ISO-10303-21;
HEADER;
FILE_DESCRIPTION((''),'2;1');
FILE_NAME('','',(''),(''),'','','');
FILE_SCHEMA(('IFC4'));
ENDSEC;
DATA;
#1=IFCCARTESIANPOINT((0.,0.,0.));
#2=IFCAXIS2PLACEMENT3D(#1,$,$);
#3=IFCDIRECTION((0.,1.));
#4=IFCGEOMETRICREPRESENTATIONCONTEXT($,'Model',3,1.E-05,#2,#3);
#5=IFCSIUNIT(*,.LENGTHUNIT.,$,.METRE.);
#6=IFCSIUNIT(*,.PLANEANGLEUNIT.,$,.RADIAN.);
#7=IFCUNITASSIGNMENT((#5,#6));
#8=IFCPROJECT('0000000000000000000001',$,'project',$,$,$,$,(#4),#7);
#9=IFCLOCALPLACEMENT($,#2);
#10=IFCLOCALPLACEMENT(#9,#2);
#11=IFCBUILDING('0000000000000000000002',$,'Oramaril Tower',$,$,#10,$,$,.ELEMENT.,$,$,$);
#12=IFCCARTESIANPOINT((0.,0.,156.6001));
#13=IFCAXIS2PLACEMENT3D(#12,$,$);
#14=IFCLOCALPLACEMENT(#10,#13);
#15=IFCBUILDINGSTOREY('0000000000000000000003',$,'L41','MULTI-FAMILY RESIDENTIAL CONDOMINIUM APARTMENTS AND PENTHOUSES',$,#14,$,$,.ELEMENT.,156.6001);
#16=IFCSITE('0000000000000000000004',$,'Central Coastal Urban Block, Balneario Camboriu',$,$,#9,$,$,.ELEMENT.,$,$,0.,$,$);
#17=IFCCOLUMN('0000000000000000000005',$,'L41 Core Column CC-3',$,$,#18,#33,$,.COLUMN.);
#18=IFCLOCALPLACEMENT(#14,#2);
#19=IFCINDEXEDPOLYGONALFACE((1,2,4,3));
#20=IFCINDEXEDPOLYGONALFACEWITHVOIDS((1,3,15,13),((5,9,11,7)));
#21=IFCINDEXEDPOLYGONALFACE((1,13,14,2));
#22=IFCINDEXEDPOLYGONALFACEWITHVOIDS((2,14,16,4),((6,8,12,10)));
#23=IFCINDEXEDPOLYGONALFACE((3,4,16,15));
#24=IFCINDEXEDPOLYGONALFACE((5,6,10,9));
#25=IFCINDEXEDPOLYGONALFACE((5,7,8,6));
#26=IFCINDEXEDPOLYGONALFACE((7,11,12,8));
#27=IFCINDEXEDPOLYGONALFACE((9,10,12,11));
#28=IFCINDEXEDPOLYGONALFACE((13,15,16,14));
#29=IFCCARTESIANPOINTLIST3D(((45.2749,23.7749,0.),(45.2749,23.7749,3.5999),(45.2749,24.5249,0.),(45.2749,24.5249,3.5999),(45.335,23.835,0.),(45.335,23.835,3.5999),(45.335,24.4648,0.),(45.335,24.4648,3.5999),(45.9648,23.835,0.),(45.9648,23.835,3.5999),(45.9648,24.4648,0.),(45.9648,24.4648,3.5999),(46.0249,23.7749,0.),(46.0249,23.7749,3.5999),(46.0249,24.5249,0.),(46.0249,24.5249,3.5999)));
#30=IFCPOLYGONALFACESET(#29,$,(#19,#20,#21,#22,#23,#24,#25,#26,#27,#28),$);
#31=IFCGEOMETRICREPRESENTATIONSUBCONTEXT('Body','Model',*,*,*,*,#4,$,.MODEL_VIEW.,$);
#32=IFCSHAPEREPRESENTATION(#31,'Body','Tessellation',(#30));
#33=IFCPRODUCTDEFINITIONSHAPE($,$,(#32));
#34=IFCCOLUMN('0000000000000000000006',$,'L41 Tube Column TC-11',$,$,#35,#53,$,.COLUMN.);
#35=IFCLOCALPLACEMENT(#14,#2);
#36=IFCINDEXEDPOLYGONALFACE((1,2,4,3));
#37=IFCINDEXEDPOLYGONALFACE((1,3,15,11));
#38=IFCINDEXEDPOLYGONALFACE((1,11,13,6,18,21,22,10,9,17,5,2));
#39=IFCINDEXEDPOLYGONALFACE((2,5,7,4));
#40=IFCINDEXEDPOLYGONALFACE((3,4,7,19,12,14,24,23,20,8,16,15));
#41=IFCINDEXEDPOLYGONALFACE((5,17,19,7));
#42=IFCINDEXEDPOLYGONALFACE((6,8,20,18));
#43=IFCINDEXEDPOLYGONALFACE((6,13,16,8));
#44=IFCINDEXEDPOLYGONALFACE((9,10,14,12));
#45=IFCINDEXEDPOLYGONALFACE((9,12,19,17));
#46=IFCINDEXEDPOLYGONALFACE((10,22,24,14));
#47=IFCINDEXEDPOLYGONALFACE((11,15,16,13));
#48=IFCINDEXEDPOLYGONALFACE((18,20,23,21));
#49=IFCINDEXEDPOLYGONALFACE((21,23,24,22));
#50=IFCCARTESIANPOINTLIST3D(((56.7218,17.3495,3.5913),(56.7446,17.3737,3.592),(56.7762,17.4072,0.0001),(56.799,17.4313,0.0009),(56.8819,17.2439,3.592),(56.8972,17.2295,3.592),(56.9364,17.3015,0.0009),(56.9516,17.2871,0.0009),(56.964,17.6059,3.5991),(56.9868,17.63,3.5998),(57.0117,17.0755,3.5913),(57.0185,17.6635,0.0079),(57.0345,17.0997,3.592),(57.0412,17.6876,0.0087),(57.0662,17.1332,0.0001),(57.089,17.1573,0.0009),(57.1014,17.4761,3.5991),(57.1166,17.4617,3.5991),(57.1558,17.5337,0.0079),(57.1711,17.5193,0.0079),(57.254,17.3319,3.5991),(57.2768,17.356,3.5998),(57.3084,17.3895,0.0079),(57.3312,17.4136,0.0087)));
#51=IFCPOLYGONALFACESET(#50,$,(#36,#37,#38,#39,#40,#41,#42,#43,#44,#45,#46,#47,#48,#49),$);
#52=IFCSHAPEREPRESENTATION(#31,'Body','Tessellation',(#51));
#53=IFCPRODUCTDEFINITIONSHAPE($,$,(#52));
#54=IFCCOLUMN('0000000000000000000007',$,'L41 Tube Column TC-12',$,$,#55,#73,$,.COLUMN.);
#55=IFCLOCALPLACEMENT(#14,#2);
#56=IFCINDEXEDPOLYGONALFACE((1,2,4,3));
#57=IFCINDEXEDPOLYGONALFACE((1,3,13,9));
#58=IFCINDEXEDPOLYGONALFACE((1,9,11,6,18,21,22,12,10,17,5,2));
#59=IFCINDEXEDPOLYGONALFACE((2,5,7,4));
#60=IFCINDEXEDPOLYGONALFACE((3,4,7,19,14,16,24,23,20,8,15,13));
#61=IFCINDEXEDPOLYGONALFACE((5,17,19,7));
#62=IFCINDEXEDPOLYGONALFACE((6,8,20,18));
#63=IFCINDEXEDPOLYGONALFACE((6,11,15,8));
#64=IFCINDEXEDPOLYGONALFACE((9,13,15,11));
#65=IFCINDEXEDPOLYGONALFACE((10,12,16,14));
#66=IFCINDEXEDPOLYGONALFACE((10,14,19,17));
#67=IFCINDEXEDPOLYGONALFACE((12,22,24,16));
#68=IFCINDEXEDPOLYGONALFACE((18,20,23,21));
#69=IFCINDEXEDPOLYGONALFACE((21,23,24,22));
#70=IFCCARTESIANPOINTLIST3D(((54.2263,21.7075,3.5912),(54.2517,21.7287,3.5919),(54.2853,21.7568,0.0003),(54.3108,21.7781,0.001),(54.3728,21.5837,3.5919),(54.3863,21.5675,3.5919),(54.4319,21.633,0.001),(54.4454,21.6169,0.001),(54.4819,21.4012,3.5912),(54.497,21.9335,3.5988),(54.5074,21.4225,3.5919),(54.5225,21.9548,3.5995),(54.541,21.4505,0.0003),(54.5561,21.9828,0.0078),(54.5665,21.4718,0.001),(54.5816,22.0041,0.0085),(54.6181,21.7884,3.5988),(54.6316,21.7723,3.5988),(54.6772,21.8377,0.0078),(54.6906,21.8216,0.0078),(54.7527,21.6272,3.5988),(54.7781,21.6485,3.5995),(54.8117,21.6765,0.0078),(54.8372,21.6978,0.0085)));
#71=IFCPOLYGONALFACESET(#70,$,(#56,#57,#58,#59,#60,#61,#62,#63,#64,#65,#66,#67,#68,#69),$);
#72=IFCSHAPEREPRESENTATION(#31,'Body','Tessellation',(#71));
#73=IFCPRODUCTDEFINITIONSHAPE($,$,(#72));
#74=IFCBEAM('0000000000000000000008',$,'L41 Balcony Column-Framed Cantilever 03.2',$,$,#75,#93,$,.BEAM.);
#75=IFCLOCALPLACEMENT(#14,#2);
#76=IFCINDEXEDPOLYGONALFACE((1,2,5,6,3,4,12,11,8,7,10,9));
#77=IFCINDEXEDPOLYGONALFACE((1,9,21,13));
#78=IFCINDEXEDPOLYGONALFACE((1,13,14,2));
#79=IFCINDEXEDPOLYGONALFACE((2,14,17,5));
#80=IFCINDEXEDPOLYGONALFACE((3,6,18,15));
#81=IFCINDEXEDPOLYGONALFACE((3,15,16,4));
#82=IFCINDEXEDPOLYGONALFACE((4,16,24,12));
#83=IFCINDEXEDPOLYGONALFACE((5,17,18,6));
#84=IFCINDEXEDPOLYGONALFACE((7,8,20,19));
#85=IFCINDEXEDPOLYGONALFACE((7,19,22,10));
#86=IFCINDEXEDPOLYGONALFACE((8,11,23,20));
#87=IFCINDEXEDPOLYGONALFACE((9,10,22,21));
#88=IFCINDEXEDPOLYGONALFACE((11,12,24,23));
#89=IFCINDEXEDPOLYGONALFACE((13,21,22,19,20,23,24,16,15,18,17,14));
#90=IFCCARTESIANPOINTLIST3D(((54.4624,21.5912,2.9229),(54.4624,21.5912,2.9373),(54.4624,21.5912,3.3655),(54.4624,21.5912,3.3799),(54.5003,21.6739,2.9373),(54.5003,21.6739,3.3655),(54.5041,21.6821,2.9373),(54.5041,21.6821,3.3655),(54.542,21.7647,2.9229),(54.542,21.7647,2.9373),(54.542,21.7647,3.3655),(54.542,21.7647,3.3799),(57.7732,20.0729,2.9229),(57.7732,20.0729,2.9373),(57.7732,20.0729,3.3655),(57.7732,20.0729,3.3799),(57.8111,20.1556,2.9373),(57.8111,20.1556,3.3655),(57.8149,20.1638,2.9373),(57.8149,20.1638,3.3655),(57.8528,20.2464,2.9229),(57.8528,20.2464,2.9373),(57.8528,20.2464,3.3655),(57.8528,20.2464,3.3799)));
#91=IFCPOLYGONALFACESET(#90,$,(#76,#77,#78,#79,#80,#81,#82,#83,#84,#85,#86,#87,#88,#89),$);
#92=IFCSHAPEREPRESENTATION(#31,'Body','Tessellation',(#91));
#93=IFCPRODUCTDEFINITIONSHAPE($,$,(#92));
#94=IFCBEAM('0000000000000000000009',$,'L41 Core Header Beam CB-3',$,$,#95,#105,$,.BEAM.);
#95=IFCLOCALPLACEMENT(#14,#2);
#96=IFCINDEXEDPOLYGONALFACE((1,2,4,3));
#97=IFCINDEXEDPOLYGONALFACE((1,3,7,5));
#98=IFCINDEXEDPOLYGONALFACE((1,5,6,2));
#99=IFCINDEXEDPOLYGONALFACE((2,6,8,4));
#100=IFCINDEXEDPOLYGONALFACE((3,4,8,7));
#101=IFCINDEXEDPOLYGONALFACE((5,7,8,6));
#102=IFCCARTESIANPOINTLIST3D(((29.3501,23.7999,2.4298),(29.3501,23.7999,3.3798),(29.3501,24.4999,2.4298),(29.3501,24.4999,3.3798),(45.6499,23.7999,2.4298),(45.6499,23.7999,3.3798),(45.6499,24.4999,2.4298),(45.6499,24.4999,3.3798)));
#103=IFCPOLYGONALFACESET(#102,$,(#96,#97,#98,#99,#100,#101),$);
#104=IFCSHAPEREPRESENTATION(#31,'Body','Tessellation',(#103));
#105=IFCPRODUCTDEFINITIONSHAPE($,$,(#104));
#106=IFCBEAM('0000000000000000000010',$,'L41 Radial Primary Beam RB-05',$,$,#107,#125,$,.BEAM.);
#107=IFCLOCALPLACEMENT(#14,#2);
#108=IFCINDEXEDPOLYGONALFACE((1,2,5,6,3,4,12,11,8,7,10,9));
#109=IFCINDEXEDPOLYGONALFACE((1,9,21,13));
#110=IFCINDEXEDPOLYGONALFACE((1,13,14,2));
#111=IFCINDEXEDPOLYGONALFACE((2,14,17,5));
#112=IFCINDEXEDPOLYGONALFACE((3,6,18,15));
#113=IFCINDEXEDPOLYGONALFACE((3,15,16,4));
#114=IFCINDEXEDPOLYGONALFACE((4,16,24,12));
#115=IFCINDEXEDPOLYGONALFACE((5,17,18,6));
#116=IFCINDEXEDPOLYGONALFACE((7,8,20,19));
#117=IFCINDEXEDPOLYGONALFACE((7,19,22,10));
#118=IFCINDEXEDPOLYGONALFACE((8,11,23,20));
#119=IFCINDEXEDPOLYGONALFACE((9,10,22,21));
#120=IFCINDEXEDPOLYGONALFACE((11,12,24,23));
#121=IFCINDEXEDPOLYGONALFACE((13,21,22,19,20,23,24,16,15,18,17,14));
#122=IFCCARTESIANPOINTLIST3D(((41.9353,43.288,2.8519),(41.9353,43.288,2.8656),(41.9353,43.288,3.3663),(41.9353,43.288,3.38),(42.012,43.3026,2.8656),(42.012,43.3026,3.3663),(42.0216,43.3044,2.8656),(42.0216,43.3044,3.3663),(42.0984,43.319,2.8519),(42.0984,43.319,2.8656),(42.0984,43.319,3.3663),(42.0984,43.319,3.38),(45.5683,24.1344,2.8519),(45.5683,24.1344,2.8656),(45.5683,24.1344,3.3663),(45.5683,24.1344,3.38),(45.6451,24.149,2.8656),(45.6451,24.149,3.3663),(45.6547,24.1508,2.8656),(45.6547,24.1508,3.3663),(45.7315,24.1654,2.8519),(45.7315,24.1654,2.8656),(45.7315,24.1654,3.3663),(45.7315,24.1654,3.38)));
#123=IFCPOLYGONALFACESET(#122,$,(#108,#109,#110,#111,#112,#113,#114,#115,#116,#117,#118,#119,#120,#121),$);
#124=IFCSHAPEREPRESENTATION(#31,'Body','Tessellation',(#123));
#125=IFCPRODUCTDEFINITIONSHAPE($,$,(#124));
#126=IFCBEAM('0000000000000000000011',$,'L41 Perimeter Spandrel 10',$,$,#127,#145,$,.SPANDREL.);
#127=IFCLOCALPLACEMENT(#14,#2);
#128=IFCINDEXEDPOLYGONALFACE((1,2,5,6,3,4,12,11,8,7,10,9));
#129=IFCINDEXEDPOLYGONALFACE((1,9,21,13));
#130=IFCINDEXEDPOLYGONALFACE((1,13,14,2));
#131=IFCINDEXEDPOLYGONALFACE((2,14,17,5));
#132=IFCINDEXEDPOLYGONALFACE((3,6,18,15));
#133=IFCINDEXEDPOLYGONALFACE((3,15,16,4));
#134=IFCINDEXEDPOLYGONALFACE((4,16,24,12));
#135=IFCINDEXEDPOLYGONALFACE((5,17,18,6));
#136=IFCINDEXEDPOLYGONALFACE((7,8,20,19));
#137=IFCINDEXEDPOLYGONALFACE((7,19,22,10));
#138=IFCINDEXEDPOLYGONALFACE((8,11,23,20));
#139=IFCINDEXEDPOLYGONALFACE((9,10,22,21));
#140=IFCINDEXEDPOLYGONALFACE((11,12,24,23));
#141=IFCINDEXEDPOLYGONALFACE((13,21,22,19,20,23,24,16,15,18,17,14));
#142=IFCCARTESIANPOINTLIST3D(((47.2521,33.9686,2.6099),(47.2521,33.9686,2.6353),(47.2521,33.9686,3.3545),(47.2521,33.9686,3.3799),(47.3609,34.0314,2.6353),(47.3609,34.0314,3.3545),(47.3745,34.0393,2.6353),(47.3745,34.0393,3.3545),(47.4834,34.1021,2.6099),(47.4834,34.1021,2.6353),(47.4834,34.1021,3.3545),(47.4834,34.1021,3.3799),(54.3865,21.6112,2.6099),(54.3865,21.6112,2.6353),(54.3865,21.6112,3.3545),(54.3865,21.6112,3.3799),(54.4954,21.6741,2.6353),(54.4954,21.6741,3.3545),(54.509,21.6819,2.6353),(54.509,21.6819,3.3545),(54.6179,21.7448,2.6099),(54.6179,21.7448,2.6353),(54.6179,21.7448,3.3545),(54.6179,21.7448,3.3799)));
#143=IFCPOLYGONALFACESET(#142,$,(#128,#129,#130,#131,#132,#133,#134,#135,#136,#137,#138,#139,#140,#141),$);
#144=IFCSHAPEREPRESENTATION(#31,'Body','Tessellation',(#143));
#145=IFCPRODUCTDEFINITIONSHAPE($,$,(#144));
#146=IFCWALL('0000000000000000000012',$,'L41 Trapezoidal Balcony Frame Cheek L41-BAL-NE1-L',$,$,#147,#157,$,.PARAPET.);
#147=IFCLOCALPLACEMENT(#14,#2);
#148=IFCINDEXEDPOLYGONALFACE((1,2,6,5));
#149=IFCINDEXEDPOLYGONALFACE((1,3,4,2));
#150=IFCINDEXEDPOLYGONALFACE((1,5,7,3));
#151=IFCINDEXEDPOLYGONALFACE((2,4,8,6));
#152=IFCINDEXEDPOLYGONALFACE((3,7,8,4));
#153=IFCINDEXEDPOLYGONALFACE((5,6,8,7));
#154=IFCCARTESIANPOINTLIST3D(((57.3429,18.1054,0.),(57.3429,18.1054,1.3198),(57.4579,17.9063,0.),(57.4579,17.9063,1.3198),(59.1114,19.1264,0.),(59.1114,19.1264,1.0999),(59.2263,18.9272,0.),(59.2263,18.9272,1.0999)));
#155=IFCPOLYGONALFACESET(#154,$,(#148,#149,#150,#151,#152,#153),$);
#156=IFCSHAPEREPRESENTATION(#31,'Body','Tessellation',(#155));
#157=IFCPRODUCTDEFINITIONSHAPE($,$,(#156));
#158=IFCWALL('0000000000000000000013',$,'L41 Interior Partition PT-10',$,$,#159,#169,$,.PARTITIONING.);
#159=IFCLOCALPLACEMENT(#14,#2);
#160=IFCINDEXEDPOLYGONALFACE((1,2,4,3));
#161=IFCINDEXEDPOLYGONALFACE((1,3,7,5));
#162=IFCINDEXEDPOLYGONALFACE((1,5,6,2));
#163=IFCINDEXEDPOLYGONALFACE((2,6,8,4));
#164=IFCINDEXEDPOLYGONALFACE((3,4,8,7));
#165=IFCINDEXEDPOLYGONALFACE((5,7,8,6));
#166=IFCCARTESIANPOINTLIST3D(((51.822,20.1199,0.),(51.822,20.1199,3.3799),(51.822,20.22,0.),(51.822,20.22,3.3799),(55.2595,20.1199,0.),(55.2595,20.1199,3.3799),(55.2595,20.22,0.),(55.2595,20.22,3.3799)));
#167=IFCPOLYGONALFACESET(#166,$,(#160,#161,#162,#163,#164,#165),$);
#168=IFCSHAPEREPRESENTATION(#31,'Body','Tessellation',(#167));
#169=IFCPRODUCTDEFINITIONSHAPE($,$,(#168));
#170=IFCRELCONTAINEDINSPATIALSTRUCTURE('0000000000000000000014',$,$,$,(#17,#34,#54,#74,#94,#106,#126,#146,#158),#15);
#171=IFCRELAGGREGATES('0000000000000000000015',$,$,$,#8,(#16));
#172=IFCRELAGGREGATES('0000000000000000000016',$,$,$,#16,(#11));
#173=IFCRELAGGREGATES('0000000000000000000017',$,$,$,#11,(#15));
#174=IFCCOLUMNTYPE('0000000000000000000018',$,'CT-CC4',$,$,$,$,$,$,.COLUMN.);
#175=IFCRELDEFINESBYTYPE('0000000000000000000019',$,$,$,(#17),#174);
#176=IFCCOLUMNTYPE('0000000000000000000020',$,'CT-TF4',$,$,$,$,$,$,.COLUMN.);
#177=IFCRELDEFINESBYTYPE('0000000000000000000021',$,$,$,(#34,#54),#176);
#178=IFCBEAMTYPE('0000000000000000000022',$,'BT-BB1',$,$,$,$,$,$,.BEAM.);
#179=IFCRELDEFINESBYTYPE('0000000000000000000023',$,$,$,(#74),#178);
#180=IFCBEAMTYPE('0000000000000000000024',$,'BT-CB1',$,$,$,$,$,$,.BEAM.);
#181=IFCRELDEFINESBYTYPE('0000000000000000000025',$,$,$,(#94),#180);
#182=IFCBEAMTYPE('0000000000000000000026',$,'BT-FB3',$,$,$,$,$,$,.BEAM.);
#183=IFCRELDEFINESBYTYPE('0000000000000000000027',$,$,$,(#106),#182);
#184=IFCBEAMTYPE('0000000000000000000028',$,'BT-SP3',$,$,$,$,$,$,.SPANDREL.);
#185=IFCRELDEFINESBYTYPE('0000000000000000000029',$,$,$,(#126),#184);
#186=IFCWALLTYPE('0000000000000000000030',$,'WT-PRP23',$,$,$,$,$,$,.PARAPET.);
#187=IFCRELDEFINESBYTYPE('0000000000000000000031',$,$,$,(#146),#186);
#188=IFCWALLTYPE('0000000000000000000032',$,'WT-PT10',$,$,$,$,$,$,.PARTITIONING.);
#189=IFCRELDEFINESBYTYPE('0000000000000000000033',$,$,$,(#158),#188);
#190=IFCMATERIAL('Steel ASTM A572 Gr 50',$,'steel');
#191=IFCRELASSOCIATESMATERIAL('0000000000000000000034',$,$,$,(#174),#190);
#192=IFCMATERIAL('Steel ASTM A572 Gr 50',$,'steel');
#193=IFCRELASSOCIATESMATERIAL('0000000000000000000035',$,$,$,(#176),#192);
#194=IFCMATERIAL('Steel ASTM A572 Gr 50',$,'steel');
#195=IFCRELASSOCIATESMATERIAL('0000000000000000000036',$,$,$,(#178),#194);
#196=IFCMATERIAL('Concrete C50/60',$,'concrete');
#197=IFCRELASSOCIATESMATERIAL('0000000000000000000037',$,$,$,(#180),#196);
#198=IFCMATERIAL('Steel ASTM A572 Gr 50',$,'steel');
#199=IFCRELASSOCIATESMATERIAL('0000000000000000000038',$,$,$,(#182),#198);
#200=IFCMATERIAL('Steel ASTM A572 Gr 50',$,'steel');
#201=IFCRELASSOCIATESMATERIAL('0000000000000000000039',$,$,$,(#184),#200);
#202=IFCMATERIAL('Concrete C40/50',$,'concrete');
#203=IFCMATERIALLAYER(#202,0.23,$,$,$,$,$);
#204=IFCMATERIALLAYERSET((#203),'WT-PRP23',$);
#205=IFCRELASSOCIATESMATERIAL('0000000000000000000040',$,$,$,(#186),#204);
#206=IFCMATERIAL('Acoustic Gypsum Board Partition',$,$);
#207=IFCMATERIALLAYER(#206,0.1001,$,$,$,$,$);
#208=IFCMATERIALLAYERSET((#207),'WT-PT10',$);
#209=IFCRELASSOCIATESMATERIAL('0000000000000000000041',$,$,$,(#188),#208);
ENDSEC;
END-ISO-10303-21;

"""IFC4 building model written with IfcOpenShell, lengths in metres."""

from ifc_helpers import new_model, si_unit, direction, frame, frame_2d, origin, origin_2d, place, context, subcontext, project, spatial, polyline, rectangle, hollow_rectangle, i_section, outline, extrude, material, layer, layer_set, material_profile, profile_set, type_object, element, save


model = new_model("IFC4")

# Units and contexts
model_context = context("Model", 3, precision=1e-05, world=origin(), true_north=direction((0.0, 1.0)))
body_context = subcontext(model_context, "Body", "Model", "MODEL_VIEW")
ifc_project = project(units=[si_unit("LENGTHUNIT", "METRE"), si_unit("PLANEANGLEUNIT", "RADIAN")], contexts=[model_context])

# Site, building, storey
site_placement = place(None, origin())
site = spatial("IfcSite", under=ifc_project, at=site_placement, Name="Central Coastal Urban Block, Balneario Camboriu", CompositionType="ELEMENT", RefElevation=0.0)
building_placement = place(site_placement, origin())
building = spatial("IfcBuilding", under=site, at=building_placement, Name="Oramaril Tower", CompositionType="ELEMENT")
storey_placement = place(building_placement, frame((0.0, 0.0, 156.6001)))
storey = spatial("IfcBuildingStorey", under=building, at=storey_placement, Name="L41", Description="MULTI-FAMILY RESIDENTIAL CONDOMINIUM APARTMENTS AND PENTHOUSES", CompositionType="ELEMENT", Elevation=156.6001)

# Columns
ifc_material_1 = material(Name="Steel ASTM A572 Gr 50", Category="steel")
ifc_material_profile_1 = material_profile(ifc_material_1, hollow_rectangle(XDim=0.75, YDim=0.75, WallThickness=0.0601, at=origin_2d()), Name="BOX750X750X60")
ifc_profile_set_1 = profile_set([ifc_material_profile_1], Name="Steel ASTM A572 Gr 50")
column_type_1 = type_object("IfcColumnType", Name="CT-CC4", PredefinedType="COLUMN", material=ifc_profile_set_1)
column_1_placement = place(storey_placement, frame((45.6499, 24.1499, 0.0), z_axis=(0.0, 0.0, 1.0), x_axis=(1.0, 0.0, 0.0)))
element("IfcColumn", 1, at=column_1_placement, inside=storey, type_object=column_type_1, Name="L41 Core Column CC-3", PredefinedType="COLUMN", context=body_context, shape_type="SweptSolid", body=[
    extrude(hollow_rectangle(XDim=0.75, YDim=0.75, WallThickness=0.0601, at=origin_2d()), origin(), (0.0, 0.0, 1.0), 3.5999),
])
ifc_material_2 = material(Name="Steel ASTM A572 Gr 50", Category="steel")
ifc_material_profile_2 = material_profile(ifc_material_2, i_section(OverallWidth=0.3989, OverallDepth=0.386, WebThickness=0.021, FlangeThickness=0.0332, at=origin_2d()), Name="W14X176")
ifc_profile_set_2 = profile_set([ifc_material_profile_2], Name="Steel ASTM A572 Gr 50")
column_type_2 = type_object("IfcColumnType", Name="CT-TF4", PredefinedType="COLUMN", material=ifc_profile_set_2)
column_2_placement = place(storey_placement, frame((57.0537, 17.4104, 0.0044), z_axis=(-0.015157, -0.016041, 0.999756), x_axis=(0.726842, -0.686804, 0.0)))
element("IfcColumn", 2, at=column_2_placement, inside=storey, type_object=column_type_2, Name="L41 Tube Column TC-11", PredefinedType="COLUMN", context=body_context, shape_type="SweptSolid", body=[
    extrude(i_section(OverallWidth=0.3989, OverallDepth=0.386, WebThickness=0.021, FlangeThickness=0.0332, at=origin_2d()), origin(), (0.0, 0.0, 1.0), 3.592),
])
column_3_placement = place(storey_placement, frame((54.5613, 21.7273, 0.0044), z_axis=(-0.016449, -0.01373, 0.99977), x_axis=(0.640808, -0.767701, 0.0)))
element("IfcColumn", 3, at=column_3_placement, inside=storey, type_object=column_type_2, Name="L41 Tube Column TC-12", PredefinedType="COLUMN", context=body_context, shape_type="SweptSolid", body=[
    extrude(i_section(OverallWidth=0.3989, OverallDepth=0.386, WebThickness=0.021, FlangeThickness=0.0332, at=origin_2d()), origin(), (0.0, 0.0, 1.0), 3.5918),
])

# Beams
ifc_material_3 = material(Name="Steel ASTM A572 Gr 50", Category="steel")
ifc_material_profile_3 = material_profile(ifc_material_3, i_section(OverallWidth=0.1909, OverallDepth=0.457, WebThickness=0.009, FlangeThickness=0.0144, at=origin_2d()), Name="W18X50")
ifc_profile_set_3 = profile_set([ifc_material_profile_3], Name="Steel ASTM A572 Gr 50")
beam_type_1 = type_object("IfcBeamType", Name="BT-BB1", PredefinedType="BEAM", material=ifc_profile_set_3)
beam_1_placement = place(storey_placement, frame((54.5022, 21.678, 3.1514), z_axis=(0.908975, -0.416851, 0.0), x_axis=(0.416851, 0.908975, 0.0)))
element("IfcBeam", 4, at=beam_1_placement, inside=storey, type_object=beam_type_1, Name="L41 Balcony Column-Framed Cantilever 03.2", PredefinedType="BEAM", context=body_context, shape_type="SweptSolid", body=[
    extrude(i_section(OverallWidth=0.1909, OverallDepth=0.457, WebThickness=0.009, FlangeThickness=0.0144, at=origin_2d()), origin(), (0.0, 0.0, 1.0), 3.6423),
])
ifc_material_4 = material(Name="Concrete C50/60", Category="concrete")
ifc_material_profile_4 = material_profile(ifc_material_4, rectangle(XDim=0.7, YDim=0.95, at=origin_2d()), Name="CB700X950")
ifc_profile_set_4 = profile_set([ifc_material_profile_4], Name="Concrete C50/60")
beam_type_2 = type_object("IfcBeamType", Name="BT-CB1", PredefinedType="BEAM", material=ifc_profile_set_4)
beam_2_placement = place(storey_placement, frame((45.6499, 24.1499, 2.9048), z_axis=(-1.0, 0.0, 0.0), x_axis=(0.0, -1.0, 0.0)))
element("IfcBeam", 5, at=beam_2_placement, inside=storey, type_object=beam_type_2, Name="L41 Core Header Beam CB-3", PredefinedType="BEAM", context=body_context, shape_type="SweptSolid", body=[
    extrude(rectangle(XDim=0.7, YDim=0.95, at=origin_2d()), origin(), (0.0, 0.0, 1.0), 16.2998),
])
ifc_material_5 = material(Name="Steel ASTM A572 Gr 50", Category="steel")
ifc_material_profile_5 = material_profile(ifc_material_5, i_section(OverallWidth=0.166, OverallDepth=0.5281, WebThickness=0.0098, FlangeThickness=0.0137, at=origin_2d()), Name="W21X50")
ifc_profile_set_5 = profile_set([ifc_material_profile_5], Name="Steel ASTM A572 Gr 50")
beam_type_3 = type_object("IfcBeamType", Name="BT-FB3", PredefinedType="BEAM", material=ifc_profile_set_5)
beam_3_placement = place(storey_placement, frame((45.6499, 24.1499, 3.116), z_axis=(-0.186358, 0.982482, 0.0), x_axis=(-0.982482, -0.186358, 0.0)))
element("IfcBeam", 6, at=beam_3_placement, inside=storey, type_object=beam_type_3, Name="L41 Radial Primary Beam RB-05", PredefinedType="BEAM", context=body_context, shape_type="SweptSolid", body=[
    extrude(i_section(OverallWidth=0.166, OverallDepth=0.5281, WebThickness=0.0098, FlangeThickness=0.0137, at=origin_2d()), origin(), (0.0, 0.0, 1.0), 19.4951),
])
ifc_material_6 = material(Name="Steel ASTM A572 Gr 50", Category="steel")
ifc_material_profile_6 = material_profile(ifc_material_6, i_section(OverallWidth=0.2671, OverallDepth=0.77, WebThickness=0.0156, FlangeThickness=0.0254, at=origin_2d()), Name="W30X132")
ifc_profile_set_6 = profile_set([ifc_material_profile_6], Name="Steel ASTM A572 Gr 50")
beam_type_4 = type_object("IfcBeamType", Name="BT-SP3", PredefinedType="SPANDREL", material=ifc_profile_set_6)
beam_4_placement = place(storey_placement, frame((54.5022, 21.678, 2.9949), z_axis=(-0.499998, 0.866027, 0.0), x_axis=(-0.866027, -0.499998, 0.0)))
element("IfcBeam", 7, at=beam_4_placement, inside=storey, type_object=beam_type_4, Name="L41 Perimeter Spandrel 10", PredefinedType="SPANDREL", context=body_context, shape_type="SweptSolid", body=[
    extrude(i_section(OverallWidth=0.2671, OverallDepth=0.77, WebThickness=0.0156, FlangeThickness=0.0254, at=origin_2d()), origin(), (0.0, 0.0, 1.0), 14.269),
])

# Walls
ifc_material_7 = material(Name="Concrete C40/50", Category="concrete")
ifc_layer_1 = layer(ifc_material_7, 0.23)
ifc_layer_set_1 = layer_set([ifc_layer_1], Name="WT-PRP23")
wall_type_1 = type_object("IfcWallType", Name="WT-PRP23", PredefinedType="PARAPET", material=ifc_layer_set_1)
wall_1_placement = place(storey_placement, frame((57.4004, 18.0059, 0.0), z_axis=(0.0, 0.0, 1.0), x_axis=(0.866042, 0.499971, 0.0)))
element("IfcWall", 8, at=wall_1_placement, inside=storey, type_object=wall_type_1, Name="L41 Trapezoidal Balcony Frame Cheek L41-BAL-NE1-L", PredefinedType="PARAPET", context=body_context, shape_type="SweptSolid", body=[
    extrude(outline(polyline([(0.0, 0.0), (2.042, 0.0), (2.042, 1.0999), (0.0, 1.3198), (0.0, 0.0)])), frame((0.0, 0.115, 0.0), z_axis=(0.0, -1.0, 0.0), x_axis=(1.0, 0.0, 0.0)), (0.0, 0.0, 1.0), 0.23),
])
ifc_material_8 = material(Name="Acoustic Gypsum Board Partition")
ifc_layer_2 = layer(ifc_material_8, 0.1001)
ifc_layer_set_2 = layer_set([ifc_layer_2], Name="WT-PT10")
wall_type_2 = type_object("IfcWallType", Name="WT-PT10", PredefinedType="PARTITIONING", material=ifc_layer_set_2)
wall_2_placement = place(storey_placement, frame((51.822, 20.1699, 0.0), z_axis=(0.0, 0.0, 1.0), x_axis=(1.0, 0.0, 0.0)))
element("IfcWall", 9, at=wall_2_placement, inside=storey, type_object=wall_type_2, Name="L41 Interior Partition PT-10", PredefinedType="PARTITIONING", context=body_context, shape_type="SweptSolid", body=[
    extrude(rectangle(XDim=3.4375, YDim=0.1001, at=frame_2d((1.7188, 0.0))), origin(), (0.0, 0.0, 1.0), 3.3799),
])

save(model, "model.ifc")
